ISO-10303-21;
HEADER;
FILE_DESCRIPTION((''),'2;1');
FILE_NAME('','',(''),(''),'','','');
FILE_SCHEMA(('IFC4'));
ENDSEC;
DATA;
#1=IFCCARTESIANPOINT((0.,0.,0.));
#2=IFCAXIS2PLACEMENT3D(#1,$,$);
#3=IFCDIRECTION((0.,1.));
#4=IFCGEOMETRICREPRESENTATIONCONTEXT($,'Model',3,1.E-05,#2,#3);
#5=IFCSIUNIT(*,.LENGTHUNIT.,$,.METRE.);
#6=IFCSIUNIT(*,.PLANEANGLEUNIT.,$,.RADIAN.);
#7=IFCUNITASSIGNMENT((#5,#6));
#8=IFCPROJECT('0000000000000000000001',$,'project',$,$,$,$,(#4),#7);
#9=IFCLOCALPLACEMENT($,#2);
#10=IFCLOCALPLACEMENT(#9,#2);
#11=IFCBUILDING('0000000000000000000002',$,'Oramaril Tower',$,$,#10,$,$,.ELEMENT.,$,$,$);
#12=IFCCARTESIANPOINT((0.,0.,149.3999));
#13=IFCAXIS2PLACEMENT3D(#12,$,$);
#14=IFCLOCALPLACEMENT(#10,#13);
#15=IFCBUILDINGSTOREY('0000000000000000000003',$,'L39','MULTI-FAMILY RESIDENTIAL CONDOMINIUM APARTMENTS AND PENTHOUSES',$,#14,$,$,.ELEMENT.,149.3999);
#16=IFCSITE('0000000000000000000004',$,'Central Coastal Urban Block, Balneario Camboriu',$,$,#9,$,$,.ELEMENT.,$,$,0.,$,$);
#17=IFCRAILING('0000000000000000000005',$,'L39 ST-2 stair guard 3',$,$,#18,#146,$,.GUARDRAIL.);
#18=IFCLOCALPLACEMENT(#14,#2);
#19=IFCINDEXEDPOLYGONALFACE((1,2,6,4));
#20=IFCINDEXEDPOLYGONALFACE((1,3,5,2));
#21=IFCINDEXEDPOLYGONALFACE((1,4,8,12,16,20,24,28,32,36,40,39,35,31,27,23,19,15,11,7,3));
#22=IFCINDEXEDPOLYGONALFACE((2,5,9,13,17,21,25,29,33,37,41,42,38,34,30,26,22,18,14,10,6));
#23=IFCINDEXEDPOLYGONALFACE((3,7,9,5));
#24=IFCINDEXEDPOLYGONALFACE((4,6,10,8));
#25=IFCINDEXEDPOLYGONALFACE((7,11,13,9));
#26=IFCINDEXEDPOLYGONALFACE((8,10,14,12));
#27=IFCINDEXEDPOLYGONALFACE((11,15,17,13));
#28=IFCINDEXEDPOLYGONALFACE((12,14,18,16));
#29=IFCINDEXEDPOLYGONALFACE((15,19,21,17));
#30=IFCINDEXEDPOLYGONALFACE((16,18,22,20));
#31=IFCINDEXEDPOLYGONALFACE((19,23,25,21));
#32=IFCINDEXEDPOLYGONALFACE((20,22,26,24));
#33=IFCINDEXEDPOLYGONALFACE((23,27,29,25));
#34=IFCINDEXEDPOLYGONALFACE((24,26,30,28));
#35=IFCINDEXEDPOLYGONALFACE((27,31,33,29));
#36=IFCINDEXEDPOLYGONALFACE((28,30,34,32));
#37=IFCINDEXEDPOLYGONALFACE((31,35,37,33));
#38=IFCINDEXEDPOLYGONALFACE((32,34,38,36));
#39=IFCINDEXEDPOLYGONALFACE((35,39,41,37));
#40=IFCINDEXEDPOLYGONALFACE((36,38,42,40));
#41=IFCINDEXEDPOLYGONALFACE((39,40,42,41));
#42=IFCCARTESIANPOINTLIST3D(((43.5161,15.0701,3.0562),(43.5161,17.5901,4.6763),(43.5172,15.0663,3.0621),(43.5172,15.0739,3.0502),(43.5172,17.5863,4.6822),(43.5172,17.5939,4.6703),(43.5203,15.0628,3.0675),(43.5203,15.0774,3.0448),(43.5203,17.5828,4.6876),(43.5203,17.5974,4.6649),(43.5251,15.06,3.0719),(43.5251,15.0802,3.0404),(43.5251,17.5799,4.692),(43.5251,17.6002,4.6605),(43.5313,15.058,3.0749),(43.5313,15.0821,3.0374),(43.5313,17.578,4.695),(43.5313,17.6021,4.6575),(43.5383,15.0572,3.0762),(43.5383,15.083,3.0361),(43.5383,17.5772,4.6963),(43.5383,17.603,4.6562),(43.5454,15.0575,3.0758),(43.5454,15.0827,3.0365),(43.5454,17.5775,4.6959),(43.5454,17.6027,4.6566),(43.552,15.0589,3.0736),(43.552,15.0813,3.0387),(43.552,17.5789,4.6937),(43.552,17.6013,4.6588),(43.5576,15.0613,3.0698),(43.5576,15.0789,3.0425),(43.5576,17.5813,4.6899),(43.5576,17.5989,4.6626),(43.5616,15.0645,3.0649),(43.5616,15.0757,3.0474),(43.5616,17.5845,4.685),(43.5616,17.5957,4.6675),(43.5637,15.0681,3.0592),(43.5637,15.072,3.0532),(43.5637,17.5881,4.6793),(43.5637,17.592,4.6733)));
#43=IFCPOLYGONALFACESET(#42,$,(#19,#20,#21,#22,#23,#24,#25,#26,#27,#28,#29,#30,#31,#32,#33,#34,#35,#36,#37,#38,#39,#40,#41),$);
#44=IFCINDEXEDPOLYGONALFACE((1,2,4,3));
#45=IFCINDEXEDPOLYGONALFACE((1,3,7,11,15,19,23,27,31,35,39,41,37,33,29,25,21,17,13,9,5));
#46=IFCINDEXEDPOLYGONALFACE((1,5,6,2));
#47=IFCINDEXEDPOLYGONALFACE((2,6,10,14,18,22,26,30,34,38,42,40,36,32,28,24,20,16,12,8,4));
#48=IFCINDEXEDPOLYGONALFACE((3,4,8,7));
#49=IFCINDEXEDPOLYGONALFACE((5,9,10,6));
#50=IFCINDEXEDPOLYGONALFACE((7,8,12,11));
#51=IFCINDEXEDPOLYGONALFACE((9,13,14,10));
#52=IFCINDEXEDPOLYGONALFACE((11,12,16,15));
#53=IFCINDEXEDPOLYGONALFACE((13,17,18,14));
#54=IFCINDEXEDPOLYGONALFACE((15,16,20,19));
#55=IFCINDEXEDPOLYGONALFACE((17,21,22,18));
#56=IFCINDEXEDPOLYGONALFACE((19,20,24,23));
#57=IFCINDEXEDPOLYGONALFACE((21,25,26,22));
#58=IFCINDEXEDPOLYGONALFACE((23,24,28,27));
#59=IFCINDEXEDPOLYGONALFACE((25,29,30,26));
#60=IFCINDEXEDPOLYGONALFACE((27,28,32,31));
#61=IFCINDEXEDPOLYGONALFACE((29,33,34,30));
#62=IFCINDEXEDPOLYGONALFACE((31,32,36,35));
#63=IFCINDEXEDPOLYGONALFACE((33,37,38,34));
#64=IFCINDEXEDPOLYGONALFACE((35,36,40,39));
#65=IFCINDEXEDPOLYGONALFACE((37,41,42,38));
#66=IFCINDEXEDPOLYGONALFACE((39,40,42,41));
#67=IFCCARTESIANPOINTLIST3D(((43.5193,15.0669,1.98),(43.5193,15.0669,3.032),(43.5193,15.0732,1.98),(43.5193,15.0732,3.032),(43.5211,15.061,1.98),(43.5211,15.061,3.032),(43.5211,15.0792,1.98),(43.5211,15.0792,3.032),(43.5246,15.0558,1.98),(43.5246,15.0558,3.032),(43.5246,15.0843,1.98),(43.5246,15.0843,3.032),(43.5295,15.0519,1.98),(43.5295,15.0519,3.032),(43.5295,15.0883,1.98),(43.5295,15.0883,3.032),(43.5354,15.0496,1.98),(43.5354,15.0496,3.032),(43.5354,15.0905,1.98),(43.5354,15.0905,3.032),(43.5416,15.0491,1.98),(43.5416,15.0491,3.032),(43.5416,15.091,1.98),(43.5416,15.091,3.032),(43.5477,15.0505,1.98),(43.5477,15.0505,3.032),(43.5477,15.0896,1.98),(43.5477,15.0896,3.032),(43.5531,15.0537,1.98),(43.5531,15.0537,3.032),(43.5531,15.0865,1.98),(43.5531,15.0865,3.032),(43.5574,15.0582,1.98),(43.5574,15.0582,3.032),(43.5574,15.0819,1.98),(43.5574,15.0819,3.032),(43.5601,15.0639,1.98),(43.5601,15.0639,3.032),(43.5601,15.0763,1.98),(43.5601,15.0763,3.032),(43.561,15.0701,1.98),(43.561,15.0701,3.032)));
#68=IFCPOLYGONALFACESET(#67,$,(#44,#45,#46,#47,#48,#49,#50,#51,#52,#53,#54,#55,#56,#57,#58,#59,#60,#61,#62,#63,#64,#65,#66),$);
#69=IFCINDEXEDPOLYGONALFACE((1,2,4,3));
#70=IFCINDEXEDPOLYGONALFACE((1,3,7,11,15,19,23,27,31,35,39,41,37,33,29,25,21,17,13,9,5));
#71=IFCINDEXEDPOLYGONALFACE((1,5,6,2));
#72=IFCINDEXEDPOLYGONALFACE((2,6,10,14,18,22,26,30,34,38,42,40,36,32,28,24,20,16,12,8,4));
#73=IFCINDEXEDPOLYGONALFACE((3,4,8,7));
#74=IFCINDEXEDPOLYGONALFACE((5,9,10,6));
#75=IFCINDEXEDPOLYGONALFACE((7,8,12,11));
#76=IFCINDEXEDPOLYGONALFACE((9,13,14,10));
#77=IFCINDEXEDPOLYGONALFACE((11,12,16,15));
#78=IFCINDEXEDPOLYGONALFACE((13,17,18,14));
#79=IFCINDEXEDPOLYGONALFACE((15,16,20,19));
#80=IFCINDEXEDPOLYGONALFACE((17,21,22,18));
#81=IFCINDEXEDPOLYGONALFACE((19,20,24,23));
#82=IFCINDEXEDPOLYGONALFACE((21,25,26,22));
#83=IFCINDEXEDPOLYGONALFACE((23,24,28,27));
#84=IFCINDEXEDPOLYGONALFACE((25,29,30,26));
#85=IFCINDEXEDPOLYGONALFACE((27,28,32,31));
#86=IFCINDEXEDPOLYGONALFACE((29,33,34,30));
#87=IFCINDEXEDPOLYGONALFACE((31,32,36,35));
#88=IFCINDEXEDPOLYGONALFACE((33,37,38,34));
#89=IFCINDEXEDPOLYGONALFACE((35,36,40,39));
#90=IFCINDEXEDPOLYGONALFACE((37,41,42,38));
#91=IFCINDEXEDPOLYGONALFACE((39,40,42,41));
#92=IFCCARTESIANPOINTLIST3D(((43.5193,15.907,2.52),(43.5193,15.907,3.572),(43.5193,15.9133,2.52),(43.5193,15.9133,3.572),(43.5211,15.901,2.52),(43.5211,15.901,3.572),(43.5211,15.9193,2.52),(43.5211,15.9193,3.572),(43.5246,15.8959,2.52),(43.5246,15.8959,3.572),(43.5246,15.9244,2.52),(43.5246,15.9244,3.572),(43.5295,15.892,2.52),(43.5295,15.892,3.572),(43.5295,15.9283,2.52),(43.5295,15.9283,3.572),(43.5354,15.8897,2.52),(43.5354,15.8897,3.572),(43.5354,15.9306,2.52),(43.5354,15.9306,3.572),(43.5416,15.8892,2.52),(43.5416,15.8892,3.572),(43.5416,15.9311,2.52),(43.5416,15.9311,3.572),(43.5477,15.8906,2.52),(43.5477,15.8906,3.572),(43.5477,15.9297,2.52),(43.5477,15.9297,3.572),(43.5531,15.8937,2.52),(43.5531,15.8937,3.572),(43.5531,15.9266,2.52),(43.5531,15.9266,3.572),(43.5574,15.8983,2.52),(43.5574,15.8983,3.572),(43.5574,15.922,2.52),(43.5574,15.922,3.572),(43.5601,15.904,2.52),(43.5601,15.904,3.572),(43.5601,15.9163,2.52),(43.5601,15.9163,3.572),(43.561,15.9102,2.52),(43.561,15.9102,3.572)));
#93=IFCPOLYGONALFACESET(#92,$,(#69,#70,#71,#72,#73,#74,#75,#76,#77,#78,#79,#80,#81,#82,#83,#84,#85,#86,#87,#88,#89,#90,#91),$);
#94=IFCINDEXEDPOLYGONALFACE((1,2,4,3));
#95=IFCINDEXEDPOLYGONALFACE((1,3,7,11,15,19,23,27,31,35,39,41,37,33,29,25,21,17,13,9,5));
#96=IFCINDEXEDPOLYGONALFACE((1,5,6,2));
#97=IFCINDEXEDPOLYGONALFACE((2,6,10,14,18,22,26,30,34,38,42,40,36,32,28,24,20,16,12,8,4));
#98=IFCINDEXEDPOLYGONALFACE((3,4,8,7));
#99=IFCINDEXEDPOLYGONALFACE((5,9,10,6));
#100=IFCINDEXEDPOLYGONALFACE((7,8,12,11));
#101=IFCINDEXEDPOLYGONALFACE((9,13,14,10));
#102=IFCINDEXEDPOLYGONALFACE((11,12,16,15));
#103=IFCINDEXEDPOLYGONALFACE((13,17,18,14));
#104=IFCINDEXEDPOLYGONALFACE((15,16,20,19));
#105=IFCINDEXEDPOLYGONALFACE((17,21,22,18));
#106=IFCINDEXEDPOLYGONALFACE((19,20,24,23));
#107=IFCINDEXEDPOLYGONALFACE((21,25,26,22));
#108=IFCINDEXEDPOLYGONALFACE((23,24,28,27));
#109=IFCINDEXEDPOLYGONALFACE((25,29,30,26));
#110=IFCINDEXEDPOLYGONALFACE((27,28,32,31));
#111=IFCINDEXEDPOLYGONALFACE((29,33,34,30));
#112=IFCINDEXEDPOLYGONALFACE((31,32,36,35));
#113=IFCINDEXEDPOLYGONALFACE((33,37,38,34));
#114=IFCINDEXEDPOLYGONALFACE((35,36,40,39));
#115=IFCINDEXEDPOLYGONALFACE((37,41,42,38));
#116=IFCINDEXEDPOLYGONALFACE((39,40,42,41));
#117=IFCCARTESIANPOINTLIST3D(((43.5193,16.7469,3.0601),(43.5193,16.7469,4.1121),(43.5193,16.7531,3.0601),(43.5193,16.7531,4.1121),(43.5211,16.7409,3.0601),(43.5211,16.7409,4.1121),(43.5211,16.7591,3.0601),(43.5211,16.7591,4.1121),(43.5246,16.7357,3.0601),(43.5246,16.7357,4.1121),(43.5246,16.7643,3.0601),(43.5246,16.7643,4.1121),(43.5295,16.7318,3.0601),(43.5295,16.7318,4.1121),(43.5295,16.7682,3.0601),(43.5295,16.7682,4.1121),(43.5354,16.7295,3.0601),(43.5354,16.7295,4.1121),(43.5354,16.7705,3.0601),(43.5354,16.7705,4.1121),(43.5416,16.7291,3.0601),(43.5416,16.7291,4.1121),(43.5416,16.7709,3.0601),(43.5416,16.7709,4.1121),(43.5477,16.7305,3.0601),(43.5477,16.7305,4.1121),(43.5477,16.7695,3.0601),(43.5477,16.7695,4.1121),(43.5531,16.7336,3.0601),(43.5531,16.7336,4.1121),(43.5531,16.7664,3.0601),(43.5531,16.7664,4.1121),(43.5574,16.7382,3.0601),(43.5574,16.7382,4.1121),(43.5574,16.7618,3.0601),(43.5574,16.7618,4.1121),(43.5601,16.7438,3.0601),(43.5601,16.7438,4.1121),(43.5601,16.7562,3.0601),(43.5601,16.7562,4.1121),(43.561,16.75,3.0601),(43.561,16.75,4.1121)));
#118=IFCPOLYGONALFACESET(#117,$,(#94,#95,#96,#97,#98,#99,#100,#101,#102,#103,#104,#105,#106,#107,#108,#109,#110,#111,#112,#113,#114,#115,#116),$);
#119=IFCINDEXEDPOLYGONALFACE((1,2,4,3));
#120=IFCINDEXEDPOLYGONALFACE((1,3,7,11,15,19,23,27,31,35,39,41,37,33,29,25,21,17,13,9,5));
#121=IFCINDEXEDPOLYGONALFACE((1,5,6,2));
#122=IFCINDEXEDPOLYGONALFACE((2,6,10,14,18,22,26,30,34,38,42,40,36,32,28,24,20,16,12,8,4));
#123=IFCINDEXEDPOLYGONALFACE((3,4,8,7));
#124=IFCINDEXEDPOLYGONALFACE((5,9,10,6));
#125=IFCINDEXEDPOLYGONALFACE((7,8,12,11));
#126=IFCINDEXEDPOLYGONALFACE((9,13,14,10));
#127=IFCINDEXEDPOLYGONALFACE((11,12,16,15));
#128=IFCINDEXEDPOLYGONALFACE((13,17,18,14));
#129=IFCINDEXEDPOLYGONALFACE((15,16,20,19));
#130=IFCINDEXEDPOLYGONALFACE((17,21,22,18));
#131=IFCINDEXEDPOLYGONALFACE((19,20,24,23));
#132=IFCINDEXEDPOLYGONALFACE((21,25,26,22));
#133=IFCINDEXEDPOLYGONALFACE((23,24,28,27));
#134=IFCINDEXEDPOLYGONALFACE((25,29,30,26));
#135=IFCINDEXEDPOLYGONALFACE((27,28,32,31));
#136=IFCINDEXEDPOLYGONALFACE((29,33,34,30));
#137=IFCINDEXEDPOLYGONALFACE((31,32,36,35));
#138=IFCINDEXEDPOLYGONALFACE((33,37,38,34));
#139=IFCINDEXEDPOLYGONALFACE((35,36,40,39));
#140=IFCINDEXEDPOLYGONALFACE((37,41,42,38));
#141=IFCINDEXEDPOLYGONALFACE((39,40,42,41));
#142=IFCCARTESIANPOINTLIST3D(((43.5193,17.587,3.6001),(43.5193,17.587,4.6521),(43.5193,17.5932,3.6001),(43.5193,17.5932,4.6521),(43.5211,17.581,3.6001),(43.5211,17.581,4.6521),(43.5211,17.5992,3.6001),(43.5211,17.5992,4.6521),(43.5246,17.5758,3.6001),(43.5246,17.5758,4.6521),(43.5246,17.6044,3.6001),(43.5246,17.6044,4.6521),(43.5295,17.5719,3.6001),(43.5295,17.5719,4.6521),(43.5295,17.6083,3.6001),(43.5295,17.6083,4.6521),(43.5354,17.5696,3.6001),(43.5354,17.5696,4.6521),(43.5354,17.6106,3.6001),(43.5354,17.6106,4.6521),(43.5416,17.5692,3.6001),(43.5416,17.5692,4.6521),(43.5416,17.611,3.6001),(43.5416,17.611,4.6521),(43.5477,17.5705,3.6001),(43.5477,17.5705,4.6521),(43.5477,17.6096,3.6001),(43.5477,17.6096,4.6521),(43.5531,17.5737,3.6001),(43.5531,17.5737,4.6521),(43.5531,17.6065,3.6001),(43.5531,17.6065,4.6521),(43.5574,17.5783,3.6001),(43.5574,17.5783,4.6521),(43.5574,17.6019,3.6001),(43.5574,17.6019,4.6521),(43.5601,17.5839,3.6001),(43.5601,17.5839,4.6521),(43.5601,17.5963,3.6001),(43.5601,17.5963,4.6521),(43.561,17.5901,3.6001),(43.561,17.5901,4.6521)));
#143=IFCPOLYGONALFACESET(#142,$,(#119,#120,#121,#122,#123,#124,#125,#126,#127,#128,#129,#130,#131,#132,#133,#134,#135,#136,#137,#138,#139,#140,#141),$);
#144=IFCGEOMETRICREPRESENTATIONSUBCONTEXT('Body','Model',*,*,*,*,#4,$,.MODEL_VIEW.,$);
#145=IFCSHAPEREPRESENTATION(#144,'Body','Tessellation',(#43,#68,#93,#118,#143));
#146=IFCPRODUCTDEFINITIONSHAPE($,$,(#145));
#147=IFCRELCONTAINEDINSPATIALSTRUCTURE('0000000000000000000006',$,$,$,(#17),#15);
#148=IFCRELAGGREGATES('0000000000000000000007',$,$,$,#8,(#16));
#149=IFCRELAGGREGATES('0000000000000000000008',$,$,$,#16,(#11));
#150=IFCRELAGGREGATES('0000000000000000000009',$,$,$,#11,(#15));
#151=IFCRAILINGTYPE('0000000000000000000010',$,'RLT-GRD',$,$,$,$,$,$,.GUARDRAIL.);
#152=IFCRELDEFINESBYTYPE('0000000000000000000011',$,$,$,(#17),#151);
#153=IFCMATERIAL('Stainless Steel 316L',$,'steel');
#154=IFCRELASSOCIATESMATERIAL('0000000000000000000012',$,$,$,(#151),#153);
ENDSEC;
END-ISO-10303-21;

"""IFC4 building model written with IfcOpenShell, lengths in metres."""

from ifc_helpers import new_model, si_unit, direction, frame, origin, origin_2d, place, context, subcontext, project, spatial, circle, extrude, material, type_object, element, save


model = new_model("IFC4")

# Units and contexts
model_context = context("Model", 3, precision=1e-05, world=origin(), true_north=direction((0.0, 1.0)))
body_context = subcontext(model_context, "Body", "Model", "MODEL_VIEW")
ifc_project = project(units=[si_unit("LENGTHUNIT", "METRE"), si_unit("PLANEANGLEUNIT", "RADIAN")], contexts=[model_context])

# Site, building, storey
site_placement = place(None, origin())
site = spatial("IfcSite", under=ifc_project, at=site_placement, Name="Central Coastal Urban Block, Balneario Camboriu", CompositionType="ELEMENT", RefElevation=0.0)
building_placement = place(site_placement, origin())
building = spatial("IfcBuilding", under=site, at=building_placement, Name="Oramaril Tower", CompositionType="ELEMENT")
storey_placement = place(building_placement, frame((0.0, 0.0, 149.3999)))
storey = spatial("IfcBuildingStorey", under=building, at=storey_placement, Name="L39", Description="MULTI-FAMILY RESIDENTIAL CONDOMINIUM APARTMENTS AND PENTHOUSES", CompositionType="ELEMENT", Elevation=149.3999)

# Railing
ifc_material_1 = material(Name="Stainless Steel 316L", Category="steel")
railing_type_1 = type_object("IfcRailingType", Name="RLT-GRD", PredefinedType="GUARDRAIL", material=ifc_material_1)
railing_1_placement = place(storey_placement, frame((43.54, 15.0701, 1.98)))
element("IfcRailing", 1, at=railing_1_placement, inside=storey, type_object=railing_type_1, Name="L39 ST-2 stair guard 3", PredefinedType="GUARDRAIL", context=body_context, shape_type="SweptSolid", body=[
    extrude(circle(Radius=0.0239, at=origin_2d()), frame((0.0, 0.0, 1.0762), z_axis=(0.0, 0.841163, 0.540782), x_axis=(-1.0, 0.0, 0.0)), (0.0, 0.0, 1.0), 2.9958),
    extrude(circle(Radius=0.021, at=origin_2d()), origin(), (0.0, 0.0, 1.0), 1.052),
    extrude(circle(Radius=0.021, at=origin_2d()), frame((0.0, 0.8401, 0.54)), (0.0, 0.0, 1.0), 1.052),
    extrude(circle(Radius=0.021, at=origin_2d()), frame((0.0, 1.6799, 1.0801)), (0.0, 0.0, 1.0), 1.052),
    extrude(circle(Radius=0.021, at=origin_2d()), frame((0.0, 2.52, 1.6201)), (0.0, 0.0, 1.0), 1.052),
])

save(model, "model.ifc")
